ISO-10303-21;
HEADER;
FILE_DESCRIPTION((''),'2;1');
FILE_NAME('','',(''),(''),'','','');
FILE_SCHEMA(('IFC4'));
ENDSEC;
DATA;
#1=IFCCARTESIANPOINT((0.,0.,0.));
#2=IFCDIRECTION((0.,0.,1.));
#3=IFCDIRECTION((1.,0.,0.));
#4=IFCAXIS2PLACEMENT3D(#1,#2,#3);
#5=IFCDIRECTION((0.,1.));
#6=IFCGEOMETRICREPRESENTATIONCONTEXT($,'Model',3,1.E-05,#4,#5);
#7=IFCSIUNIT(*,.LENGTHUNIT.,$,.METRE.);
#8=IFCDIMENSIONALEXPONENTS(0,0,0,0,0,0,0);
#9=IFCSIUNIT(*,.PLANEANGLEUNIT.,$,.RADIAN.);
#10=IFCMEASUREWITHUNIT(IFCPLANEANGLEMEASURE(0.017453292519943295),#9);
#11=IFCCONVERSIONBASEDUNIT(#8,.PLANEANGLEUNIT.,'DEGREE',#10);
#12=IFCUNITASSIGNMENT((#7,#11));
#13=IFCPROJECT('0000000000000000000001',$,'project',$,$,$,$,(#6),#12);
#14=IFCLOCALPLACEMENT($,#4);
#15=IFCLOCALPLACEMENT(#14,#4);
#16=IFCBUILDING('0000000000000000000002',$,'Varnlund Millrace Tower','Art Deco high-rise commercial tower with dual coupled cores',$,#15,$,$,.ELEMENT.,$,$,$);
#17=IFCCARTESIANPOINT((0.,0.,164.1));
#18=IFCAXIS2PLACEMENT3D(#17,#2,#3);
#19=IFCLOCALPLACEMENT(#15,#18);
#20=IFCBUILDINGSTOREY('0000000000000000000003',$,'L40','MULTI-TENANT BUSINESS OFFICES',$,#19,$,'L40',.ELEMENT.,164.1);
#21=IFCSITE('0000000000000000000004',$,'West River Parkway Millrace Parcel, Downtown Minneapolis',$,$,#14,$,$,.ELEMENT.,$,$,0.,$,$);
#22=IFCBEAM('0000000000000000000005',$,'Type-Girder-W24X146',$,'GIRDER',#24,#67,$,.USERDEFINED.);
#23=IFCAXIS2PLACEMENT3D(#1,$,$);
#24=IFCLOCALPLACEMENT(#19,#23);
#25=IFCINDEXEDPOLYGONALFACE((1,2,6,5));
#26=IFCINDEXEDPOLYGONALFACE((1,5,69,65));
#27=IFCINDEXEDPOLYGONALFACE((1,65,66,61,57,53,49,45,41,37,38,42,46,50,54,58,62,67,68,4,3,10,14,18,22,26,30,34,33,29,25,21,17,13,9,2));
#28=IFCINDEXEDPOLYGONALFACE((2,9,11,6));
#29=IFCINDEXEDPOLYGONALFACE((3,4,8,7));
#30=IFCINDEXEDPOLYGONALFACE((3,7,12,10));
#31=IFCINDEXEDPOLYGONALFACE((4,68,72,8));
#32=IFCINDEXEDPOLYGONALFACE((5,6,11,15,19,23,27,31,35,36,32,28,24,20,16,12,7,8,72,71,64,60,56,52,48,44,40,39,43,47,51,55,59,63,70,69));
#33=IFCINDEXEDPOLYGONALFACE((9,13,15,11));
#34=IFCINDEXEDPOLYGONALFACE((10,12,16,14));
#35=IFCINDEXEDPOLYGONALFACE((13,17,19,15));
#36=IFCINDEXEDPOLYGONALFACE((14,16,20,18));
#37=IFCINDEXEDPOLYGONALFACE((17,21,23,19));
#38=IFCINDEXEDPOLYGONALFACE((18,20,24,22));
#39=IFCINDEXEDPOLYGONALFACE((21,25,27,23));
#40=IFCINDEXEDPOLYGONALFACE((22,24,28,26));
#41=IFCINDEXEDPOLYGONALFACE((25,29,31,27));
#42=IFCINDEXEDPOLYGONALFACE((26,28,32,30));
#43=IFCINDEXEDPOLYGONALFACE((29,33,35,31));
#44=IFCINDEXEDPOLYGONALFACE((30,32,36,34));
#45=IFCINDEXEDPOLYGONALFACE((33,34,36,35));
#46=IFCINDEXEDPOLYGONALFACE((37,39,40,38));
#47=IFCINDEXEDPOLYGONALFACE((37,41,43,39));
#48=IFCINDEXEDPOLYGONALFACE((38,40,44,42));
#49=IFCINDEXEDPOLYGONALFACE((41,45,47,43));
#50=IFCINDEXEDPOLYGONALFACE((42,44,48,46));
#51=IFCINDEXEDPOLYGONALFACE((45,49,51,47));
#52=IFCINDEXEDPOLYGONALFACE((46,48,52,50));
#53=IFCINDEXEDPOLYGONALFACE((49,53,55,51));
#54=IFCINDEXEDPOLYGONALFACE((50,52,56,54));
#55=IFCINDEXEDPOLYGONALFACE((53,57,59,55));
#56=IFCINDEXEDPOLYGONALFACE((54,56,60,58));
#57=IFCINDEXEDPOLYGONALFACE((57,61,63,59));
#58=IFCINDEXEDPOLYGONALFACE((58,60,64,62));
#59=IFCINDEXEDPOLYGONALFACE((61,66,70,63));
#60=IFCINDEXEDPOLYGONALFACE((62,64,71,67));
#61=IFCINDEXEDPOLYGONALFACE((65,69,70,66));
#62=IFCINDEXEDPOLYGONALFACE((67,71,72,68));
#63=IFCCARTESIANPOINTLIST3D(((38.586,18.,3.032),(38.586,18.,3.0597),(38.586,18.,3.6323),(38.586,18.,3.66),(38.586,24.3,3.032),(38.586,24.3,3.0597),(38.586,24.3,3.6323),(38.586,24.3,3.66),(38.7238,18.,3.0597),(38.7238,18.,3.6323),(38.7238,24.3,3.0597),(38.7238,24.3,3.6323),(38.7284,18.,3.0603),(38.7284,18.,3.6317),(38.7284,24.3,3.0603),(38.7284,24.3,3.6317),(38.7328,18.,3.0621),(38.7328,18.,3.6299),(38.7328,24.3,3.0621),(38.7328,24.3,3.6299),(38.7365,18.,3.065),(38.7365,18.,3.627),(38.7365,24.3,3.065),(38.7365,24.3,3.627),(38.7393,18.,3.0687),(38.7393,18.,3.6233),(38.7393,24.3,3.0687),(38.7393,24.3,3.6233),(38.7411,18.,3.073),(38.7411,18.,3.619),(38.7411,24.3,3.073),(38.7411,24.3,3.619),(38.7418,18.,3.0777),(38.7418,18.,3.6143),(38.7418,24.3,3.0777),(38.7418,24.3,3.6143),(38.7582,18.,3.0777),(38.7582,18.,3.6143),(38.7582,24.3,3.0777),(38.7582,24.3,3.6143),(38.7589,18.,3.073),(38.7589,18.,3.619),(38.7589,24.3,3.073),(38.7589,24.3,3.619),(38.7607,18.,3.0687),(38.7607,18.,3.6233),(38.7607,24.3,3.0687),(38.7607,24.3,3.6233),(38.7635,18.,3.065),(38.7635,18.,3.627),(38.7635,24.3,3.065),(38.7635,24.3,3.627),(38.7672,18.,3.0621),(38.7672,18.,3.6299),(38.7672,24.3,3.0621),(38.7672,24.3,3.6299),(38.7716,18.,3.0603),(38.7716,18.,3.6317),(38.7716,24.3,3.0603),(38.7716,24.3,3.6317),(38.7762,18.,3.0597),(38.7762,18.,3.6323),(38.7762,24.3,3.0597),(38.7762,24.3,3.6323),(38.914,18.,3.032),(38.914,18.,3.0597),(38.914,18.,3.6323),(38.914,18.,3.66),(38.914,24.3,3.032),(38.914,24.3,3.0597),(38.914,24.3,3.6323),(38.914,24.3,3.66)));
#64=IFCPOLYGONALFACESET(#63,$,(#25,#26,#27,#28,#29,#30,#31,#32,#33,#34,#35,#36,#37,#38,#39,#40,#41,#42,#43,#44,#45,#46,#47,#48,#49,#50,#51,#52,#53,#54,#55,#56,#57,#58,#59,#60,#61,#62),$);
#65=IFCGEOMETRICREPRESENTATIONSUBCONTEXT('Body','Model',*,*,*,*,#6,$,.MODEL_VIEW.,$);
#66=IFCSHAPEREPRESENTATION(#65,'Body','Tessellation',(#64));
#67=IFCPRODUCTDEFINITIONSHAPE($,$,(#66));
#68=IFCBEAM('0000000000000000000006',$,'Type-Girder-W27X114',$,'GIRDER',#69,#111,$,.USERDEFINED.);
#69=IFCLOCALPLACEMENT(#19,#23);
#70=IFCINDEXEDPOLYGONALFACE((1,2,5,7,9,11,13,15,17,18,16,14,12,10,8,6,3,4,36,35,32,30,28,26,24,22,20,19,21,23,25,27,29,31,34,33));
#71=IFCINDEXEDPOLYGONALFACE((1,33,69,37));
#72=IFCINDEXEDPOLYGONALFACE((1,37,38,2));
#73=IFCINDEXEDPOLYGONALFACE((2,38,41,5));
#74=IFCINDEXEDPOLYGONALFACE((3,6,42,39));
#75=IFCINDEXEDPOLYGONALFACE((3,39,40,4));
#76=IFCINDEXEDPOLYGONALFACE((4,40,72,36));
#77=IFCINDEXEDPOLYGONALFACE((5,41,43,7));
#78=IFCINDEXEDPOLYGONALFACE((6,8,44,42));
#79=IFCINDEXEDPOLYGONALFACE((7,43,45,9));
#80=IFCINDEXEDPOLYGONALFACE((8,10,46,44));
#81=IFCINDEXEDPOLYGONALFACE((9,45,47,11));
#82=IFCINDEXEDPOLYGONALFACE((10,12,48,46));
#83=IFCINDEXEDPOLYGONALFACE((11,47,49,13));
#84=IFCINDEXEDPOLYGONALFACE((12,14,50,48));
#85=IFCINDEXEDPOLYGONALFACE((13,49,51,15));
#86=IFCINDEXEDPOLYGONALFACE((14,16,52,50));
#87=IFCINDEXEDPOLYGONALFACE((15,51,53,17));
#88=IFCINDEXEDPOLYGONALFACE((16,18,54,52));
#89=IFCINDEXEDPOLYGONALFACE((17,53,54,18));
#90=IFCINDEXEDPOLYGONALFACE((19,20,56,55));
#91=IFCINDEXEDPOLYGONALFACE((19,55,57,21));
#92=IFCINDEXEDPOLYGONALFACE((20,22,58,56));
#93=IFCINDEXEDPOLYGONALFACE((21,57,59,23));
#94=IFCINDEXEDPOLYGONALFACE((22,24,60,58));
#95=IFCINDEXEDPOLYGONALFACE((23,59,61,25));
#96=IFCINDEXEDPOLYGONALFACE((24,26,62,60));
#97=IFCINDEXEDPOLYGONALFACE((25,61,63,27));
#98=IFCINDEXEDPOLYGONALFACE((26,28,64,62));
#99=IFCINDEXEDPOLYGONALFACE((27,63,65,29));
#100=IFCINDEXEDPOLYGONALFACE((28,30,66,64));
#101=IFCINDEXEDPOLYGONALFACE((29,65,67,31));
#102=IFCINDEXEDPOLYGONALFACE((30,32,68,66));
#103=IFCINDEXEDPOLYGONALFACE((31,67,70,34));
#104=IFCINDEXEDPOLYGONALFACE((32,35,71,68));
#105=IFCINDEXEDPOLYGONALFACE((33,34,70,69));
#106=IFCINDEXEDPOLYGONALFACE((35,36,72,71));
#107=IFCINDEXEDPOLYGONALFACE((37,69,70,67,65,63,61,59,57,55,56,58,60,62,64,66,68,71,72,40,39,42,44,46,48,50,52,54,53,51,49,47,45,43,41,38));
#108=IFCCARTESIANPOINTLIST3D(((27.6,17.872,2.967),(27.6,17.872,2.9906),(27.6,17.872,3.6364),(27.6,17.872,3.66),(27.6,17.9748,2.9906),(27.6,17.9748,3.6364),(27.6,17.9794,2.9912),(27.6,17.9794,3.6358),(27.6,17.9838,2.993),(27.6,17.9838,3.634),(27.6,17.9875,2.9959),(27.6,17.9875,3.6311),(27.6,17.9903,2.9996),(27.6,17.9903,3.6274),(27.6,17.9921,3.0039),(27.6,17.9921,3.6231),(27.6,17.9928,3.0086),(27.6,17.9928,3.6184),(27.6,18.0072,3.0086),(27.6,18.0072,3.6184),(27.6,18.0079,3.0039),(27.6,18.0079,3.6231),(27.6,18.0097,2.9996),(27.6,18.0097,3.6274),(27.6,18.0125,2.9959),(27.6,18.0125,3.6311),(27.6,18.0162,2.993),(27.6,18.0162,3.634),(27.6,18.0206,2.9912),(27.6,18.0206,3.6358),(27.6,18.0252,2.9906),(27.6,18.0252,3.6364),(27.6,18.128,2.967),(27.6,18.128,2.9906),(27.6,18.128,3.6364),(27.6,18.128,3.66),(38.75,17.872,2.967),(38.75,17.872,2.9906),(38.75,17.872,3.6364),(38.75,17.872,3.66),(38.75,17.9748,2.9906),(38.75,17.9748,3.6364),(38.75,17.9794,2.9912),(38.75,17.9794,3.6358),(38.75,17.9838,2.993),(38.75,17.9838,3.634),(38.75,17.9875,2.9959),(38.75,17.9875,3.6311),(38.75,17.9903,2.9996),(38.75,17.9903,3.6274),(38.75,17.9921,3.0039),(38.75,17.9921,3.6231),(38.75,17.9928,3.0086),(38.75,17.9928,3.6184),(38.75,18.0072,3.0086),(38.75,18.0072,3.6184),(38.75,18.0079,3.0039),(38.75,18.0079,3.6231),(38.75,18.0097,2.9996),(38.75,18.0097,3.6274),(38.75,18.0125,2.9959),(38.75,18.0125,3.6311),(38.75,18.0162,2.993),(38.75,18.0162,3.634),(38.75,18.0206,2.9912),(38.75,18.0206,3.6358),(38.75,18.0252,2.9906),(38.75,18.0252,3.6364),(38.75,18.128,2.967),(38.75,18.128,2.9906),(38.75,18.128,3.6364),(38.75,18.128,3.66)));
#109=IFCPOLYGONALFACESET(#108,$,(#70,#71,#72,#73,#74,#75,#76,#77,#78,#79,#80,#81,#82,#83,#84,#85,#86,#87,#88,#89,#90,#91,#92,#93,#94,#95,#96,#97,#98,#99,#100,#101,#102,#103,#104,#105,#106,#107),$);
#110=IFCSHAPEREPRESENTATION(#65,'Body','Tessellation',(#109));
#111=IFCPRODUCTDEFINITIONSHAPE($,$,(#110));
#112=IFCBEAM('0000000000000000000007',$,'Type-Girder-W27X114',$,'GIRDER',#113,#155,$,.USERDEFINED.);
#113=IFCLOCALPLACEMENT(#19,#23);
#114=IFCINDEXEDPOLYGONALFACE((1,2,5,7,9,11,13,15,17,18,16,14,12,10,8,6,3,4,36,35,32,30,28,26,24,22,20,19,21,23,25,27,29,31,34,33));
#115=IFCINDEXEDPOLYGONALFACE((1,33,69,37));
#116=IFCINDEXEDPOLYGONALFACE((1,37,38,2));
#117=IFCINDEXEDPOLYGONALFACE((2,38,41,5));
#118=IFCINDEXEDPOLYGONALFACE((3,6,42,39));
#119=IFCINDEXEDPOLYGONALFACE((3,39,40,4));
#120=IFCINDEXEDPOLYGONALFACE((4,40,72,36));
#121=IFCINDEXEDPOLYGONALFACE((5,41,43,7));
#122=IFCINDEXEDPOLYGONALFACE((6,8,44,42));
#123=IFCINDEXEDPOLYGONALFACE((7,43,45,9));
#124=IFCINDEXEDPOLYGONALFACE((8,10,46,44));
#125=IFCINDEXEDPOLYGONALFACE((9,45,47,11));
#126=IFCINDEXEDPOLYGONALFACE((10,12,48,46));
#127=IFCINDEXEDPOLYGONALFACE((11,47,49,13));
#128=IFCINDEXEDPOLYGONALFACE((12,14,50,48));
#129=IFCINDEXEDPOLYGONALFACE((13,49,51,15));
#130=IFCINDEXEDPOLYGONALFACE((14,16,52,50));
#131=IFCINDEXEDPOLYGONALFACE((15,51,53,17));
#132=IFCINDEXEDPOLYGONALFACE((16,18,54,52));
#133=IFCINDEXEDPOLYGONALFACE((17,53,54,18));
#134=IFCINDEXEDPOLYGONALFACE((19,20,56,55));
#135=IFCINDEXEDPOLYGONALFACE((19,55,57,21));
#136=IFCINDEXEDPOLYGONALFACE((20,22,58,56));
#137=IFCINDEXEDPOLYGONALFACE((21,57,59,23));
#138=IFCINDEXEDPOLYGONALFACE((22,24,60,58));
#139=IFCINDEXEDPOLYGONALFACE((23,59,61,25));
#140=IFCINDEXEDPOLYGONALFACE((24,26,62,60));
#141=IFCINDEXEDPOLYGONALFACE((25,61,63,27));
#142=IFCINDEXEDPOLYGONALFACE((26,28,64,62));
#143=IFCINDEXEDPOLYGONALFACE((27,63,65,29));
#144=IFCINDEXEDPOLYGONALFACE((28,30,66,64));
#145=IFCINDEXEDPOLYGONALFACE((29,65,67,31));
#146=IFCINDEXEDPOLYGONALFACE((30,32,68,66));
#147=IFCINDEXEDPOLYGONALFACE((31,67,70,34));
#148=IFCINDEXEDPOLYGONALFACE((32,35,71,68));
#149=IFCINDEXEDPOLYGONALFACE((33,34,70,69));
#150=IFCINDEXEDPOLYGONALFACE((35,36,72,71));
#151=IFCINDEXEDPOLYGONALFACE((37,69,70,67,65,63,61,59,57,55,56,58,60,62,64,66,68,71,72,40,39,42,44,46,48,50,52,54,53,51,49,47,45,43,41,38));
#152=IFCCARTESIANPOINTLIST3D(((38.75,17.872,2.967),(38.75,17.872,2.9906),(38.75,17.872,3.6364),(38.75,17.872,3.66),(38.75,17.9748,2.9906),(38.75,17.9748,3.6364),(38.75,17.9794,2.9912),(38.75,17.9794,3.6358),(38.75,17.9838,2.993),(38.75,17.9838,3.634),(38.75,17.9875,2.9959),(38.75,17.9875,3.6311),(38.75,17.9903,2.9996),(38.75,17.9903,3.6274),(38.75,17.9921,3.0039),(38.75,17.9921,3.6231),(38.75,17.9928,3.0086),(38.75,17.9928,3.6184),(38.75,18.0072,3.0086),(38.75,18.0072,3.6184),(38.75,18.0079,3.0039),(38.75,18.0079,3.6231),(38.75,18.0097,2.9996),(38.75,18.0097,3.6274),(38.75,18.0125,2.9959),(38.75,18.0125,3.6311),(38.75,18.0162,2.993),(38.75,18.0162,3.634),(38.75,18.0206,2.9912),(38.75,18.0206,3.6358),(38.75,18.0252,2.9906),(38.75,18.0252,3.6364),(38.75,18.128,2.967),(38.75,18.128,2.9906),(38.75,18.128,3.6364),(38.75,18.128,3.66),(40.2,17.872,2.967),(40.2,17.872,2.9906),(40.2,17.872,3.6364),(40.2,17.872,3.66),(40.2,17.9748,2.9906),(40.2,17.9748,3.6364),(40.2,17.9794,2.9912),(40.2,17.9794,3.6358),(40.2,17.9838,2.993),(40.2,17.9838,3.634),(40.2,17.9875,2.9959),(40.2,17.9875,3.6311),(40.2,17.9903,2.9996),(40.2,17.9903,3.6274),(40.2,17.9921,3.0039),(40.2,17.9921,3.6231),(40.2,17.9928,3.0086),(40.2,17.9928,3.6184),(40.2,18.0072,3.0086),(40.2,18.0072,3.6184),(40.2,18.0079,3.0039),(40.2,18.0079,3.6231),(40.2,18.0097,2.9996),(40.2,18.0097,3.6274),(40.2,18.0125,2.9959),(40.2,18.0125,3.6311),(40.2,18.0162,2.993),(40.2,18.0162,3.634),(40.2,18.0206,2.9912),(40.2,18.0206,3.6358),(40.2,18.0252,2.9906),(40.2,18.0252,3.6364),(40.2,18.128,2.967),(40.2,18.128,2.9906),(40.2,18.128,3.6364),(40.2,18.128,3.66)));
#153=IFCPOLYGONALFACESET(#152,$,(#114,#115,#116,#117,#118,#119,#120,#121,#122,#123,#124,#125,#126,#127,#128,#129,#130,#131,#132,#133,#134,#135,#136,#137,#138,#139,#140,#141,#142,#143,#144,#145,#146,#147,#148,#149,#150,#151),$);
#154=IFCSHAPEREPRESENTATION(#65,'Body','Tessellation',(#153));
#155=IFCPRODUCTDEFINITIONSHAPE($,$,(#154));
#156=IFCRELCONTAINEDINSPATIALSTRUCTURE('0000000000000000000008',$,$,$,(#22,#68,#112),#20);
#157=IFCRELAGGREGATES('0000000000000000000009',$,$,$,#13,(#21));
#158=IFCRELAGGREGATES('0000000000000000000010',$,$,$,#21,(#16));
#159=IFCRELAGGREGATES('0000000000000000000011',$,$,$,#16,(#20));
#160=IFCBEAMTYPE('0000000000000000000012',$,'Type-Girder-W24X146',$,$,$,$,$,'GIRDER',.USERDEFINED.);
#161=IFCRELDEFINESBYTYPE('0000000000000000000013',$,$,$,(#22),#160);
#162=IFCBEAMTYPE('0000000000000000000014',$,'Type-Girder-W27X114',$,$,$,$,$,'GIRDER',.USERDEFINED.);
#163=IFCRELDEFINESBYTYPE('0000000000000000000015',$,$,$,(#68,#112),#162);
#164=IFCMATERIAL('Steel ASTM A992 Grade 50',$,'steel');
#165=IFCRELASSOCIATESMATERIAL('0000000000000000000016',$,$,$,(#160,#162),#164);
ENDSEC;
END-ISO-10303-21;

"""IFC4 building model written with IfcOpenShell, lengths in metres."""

from ifc_helpers import new_model, entity, si_unit, converted_unit, direction, frame, origin_with_axes, origin_2d_with_axis, place, context, subcontext, project, spatial, i_section, extrude, material, material_profile, profile_set, type_object, element, save


model = new_model("IFC4")

# Units and contexts
model_context = context("Model", 3, precision=1e-05, world=origin_with_axes(), true_north=direction((0.0, 1.0)))
body_context = subcontext(model_context, "Body", "Model", "MODEL_VIEW")
ifc_project = project(units=[si_unit("LENGTHUNIT", "METRE"), converted_unit("PLANEANGLEUNIT", "DEGREE", entity("IfcPlaneAngleMeasure", 0.017453292519943295), si_unit("PLANEANGLEUNIT", "RADIAN"), dimensions=[0, 0, 0, 0, 0, 0, 0])], contexts=[model_context])

# Site, building, storey
site_placement = place(None, origin_with_axes())
site = spatial("IfcSite", under=ifc_project, at=site_placement, Name="West River Parkway Millrace Parcel, Downtown Minneapolis", CompositionType="ELEMENT", RefElevation=0.0)
building_placement = place(site_placement, origin_with_axes())
building = spatial("IfcBuilding", under=site, at=building_placement, Name="Varnlund Millrace Tower", Description="Art Deco high-rise commercial tower with dual coupled cores", CompositionType="ELEMENT")
storey_placement = place(building_placement, frame((0.0, 0.0, 164.1), z_axis=(0.0, 0.0, 1.0), x_axis=(1.0, 0.0, 0.0)))
storey = spatial("IfcBuildingStorey", under=building, at=storey_placement, Name="L40", Description="MULTI-TENANT BUSINESS OFFICES", LongName="L40", CompositionType="ELEMENT", Elevation=164.1)

# Beams
ifc_material_1 = material(Name="Steel ASTM A992 Grade 50", Category="steel")
ifc_material_profile_1 = material_profile(ifc_material_1, i_section(OverallWidth=0.328, OverallDepth=0.628, WebThickness=0.0165, FlangeThickness=0.0277, FilletRadius=0.018, at=origin_2d_with_axis()), Name="Steel ASTM A992 Grade 50")
ifc_profile_set_1 = profile_set([ifc_material_profile_1], Name="Steel ASTM A992 Grade 50")
beam_type_1 = type_object("IfcBeamType", Name="Type-Girder-W24X146", ElementType="GIRDER", PredefinedType="USERDEFINED", material=ifc_profile_set_1)
beam_1_placement = place(storey_placement, frame((38.75, 18.0, 3.346), z_axis=(0.0, 1.0, 0.0), x_axis=(-1.0, 0.0, 0.0)))
element("IfcBeam", 1, at=beam_1_placement, inside=storey, type_object=beam_type_1, Name="Type-Girder-W24X146", ObjectType="GIRDER", PredefinedType="USERDEFINED", context=body_context, shape_type="SweptSolid", body=[
    extrude(i_section(OverallWidth=0.328, OverallDepth=0.628, WebThickness=0.0165, FlangeThickness=0.0277, FilletRadius=0.018, at=origin_2d_with_axis()), origin_with_axes(), (0.0, 0.0, 1.0), 6.3),
])
ifc_material_profile_2 = material_profile(ifc_material_1, i_section(OverallWidth=0.256, OverallDepth=0.693, WebThickness=0.0145, FlangeThickness=0.0236, FilletRadius=0.018, at=origin_2d_with_axis()), Name="Steel ASTM A992 Grade 50")
ifc_profile_set_2 = profile_set([ifc_material_profile_2], Name="Steel ASTM A992 Grade 50")
beam_type_2 = type_object("IfcBeamType", Name="Type-Girder-W27X114", ElementType="GIRDER", PredefinedType="USERDEFINED", material=ifc_profile_set_2)
beam_2_placement = place(storey_placement, frame((27.6, 18.0, 3.3135), z_axis=(1.0, 0.0, 0.0), x_axis=(0.0, 1.0, 0.0)))
element("IfcBeam", 2, at=beam_2_placement, inside=storey, type_object=beam_type_2, Name="Type-Girder-W27X114", ObjectType="GIRDER", PredefinedType="USERDEFINED", context=body_context, shape_type="SweptSolid", body=[
    extrude(i_section(OverallWidth=0.256, OverallDepth=0.693, WebThickness=0.0145, FlangeThickness=0.0236, FilletRadius=0.018, at=origin_2d_with_axis()), origin_with_axes(), (0.0, 0.0, 1.0), 11.15),
])
beam_3_placement = place(storey_placement, frame((38.75, 18.0, 3.3135), z_axis=(1.0, 0.0, 0.0), x_axis=(0.0, 1.0, 0.0)))
element("IfcBeam", 3, at=beam_3_placement, inside=storey, type_object=beam_type_2, Name="Type-Girder-W27X114", ObjectType="GIRDER", PredefinedType="USERDEFINED", context=body_context, shape_type="SweptSolid", body=[
    extrude(i_section(OverallWidth=0.256, OverallDepth=0.693, WebThickness=0.0145, FlangeThickness=0.0236, FilletRadius=0.018, at=origin_2d_with_axis()), origin_with_axes(), (0.0, 0.0, 1.0), 1.45),
])

save(model, "model.ifc")
